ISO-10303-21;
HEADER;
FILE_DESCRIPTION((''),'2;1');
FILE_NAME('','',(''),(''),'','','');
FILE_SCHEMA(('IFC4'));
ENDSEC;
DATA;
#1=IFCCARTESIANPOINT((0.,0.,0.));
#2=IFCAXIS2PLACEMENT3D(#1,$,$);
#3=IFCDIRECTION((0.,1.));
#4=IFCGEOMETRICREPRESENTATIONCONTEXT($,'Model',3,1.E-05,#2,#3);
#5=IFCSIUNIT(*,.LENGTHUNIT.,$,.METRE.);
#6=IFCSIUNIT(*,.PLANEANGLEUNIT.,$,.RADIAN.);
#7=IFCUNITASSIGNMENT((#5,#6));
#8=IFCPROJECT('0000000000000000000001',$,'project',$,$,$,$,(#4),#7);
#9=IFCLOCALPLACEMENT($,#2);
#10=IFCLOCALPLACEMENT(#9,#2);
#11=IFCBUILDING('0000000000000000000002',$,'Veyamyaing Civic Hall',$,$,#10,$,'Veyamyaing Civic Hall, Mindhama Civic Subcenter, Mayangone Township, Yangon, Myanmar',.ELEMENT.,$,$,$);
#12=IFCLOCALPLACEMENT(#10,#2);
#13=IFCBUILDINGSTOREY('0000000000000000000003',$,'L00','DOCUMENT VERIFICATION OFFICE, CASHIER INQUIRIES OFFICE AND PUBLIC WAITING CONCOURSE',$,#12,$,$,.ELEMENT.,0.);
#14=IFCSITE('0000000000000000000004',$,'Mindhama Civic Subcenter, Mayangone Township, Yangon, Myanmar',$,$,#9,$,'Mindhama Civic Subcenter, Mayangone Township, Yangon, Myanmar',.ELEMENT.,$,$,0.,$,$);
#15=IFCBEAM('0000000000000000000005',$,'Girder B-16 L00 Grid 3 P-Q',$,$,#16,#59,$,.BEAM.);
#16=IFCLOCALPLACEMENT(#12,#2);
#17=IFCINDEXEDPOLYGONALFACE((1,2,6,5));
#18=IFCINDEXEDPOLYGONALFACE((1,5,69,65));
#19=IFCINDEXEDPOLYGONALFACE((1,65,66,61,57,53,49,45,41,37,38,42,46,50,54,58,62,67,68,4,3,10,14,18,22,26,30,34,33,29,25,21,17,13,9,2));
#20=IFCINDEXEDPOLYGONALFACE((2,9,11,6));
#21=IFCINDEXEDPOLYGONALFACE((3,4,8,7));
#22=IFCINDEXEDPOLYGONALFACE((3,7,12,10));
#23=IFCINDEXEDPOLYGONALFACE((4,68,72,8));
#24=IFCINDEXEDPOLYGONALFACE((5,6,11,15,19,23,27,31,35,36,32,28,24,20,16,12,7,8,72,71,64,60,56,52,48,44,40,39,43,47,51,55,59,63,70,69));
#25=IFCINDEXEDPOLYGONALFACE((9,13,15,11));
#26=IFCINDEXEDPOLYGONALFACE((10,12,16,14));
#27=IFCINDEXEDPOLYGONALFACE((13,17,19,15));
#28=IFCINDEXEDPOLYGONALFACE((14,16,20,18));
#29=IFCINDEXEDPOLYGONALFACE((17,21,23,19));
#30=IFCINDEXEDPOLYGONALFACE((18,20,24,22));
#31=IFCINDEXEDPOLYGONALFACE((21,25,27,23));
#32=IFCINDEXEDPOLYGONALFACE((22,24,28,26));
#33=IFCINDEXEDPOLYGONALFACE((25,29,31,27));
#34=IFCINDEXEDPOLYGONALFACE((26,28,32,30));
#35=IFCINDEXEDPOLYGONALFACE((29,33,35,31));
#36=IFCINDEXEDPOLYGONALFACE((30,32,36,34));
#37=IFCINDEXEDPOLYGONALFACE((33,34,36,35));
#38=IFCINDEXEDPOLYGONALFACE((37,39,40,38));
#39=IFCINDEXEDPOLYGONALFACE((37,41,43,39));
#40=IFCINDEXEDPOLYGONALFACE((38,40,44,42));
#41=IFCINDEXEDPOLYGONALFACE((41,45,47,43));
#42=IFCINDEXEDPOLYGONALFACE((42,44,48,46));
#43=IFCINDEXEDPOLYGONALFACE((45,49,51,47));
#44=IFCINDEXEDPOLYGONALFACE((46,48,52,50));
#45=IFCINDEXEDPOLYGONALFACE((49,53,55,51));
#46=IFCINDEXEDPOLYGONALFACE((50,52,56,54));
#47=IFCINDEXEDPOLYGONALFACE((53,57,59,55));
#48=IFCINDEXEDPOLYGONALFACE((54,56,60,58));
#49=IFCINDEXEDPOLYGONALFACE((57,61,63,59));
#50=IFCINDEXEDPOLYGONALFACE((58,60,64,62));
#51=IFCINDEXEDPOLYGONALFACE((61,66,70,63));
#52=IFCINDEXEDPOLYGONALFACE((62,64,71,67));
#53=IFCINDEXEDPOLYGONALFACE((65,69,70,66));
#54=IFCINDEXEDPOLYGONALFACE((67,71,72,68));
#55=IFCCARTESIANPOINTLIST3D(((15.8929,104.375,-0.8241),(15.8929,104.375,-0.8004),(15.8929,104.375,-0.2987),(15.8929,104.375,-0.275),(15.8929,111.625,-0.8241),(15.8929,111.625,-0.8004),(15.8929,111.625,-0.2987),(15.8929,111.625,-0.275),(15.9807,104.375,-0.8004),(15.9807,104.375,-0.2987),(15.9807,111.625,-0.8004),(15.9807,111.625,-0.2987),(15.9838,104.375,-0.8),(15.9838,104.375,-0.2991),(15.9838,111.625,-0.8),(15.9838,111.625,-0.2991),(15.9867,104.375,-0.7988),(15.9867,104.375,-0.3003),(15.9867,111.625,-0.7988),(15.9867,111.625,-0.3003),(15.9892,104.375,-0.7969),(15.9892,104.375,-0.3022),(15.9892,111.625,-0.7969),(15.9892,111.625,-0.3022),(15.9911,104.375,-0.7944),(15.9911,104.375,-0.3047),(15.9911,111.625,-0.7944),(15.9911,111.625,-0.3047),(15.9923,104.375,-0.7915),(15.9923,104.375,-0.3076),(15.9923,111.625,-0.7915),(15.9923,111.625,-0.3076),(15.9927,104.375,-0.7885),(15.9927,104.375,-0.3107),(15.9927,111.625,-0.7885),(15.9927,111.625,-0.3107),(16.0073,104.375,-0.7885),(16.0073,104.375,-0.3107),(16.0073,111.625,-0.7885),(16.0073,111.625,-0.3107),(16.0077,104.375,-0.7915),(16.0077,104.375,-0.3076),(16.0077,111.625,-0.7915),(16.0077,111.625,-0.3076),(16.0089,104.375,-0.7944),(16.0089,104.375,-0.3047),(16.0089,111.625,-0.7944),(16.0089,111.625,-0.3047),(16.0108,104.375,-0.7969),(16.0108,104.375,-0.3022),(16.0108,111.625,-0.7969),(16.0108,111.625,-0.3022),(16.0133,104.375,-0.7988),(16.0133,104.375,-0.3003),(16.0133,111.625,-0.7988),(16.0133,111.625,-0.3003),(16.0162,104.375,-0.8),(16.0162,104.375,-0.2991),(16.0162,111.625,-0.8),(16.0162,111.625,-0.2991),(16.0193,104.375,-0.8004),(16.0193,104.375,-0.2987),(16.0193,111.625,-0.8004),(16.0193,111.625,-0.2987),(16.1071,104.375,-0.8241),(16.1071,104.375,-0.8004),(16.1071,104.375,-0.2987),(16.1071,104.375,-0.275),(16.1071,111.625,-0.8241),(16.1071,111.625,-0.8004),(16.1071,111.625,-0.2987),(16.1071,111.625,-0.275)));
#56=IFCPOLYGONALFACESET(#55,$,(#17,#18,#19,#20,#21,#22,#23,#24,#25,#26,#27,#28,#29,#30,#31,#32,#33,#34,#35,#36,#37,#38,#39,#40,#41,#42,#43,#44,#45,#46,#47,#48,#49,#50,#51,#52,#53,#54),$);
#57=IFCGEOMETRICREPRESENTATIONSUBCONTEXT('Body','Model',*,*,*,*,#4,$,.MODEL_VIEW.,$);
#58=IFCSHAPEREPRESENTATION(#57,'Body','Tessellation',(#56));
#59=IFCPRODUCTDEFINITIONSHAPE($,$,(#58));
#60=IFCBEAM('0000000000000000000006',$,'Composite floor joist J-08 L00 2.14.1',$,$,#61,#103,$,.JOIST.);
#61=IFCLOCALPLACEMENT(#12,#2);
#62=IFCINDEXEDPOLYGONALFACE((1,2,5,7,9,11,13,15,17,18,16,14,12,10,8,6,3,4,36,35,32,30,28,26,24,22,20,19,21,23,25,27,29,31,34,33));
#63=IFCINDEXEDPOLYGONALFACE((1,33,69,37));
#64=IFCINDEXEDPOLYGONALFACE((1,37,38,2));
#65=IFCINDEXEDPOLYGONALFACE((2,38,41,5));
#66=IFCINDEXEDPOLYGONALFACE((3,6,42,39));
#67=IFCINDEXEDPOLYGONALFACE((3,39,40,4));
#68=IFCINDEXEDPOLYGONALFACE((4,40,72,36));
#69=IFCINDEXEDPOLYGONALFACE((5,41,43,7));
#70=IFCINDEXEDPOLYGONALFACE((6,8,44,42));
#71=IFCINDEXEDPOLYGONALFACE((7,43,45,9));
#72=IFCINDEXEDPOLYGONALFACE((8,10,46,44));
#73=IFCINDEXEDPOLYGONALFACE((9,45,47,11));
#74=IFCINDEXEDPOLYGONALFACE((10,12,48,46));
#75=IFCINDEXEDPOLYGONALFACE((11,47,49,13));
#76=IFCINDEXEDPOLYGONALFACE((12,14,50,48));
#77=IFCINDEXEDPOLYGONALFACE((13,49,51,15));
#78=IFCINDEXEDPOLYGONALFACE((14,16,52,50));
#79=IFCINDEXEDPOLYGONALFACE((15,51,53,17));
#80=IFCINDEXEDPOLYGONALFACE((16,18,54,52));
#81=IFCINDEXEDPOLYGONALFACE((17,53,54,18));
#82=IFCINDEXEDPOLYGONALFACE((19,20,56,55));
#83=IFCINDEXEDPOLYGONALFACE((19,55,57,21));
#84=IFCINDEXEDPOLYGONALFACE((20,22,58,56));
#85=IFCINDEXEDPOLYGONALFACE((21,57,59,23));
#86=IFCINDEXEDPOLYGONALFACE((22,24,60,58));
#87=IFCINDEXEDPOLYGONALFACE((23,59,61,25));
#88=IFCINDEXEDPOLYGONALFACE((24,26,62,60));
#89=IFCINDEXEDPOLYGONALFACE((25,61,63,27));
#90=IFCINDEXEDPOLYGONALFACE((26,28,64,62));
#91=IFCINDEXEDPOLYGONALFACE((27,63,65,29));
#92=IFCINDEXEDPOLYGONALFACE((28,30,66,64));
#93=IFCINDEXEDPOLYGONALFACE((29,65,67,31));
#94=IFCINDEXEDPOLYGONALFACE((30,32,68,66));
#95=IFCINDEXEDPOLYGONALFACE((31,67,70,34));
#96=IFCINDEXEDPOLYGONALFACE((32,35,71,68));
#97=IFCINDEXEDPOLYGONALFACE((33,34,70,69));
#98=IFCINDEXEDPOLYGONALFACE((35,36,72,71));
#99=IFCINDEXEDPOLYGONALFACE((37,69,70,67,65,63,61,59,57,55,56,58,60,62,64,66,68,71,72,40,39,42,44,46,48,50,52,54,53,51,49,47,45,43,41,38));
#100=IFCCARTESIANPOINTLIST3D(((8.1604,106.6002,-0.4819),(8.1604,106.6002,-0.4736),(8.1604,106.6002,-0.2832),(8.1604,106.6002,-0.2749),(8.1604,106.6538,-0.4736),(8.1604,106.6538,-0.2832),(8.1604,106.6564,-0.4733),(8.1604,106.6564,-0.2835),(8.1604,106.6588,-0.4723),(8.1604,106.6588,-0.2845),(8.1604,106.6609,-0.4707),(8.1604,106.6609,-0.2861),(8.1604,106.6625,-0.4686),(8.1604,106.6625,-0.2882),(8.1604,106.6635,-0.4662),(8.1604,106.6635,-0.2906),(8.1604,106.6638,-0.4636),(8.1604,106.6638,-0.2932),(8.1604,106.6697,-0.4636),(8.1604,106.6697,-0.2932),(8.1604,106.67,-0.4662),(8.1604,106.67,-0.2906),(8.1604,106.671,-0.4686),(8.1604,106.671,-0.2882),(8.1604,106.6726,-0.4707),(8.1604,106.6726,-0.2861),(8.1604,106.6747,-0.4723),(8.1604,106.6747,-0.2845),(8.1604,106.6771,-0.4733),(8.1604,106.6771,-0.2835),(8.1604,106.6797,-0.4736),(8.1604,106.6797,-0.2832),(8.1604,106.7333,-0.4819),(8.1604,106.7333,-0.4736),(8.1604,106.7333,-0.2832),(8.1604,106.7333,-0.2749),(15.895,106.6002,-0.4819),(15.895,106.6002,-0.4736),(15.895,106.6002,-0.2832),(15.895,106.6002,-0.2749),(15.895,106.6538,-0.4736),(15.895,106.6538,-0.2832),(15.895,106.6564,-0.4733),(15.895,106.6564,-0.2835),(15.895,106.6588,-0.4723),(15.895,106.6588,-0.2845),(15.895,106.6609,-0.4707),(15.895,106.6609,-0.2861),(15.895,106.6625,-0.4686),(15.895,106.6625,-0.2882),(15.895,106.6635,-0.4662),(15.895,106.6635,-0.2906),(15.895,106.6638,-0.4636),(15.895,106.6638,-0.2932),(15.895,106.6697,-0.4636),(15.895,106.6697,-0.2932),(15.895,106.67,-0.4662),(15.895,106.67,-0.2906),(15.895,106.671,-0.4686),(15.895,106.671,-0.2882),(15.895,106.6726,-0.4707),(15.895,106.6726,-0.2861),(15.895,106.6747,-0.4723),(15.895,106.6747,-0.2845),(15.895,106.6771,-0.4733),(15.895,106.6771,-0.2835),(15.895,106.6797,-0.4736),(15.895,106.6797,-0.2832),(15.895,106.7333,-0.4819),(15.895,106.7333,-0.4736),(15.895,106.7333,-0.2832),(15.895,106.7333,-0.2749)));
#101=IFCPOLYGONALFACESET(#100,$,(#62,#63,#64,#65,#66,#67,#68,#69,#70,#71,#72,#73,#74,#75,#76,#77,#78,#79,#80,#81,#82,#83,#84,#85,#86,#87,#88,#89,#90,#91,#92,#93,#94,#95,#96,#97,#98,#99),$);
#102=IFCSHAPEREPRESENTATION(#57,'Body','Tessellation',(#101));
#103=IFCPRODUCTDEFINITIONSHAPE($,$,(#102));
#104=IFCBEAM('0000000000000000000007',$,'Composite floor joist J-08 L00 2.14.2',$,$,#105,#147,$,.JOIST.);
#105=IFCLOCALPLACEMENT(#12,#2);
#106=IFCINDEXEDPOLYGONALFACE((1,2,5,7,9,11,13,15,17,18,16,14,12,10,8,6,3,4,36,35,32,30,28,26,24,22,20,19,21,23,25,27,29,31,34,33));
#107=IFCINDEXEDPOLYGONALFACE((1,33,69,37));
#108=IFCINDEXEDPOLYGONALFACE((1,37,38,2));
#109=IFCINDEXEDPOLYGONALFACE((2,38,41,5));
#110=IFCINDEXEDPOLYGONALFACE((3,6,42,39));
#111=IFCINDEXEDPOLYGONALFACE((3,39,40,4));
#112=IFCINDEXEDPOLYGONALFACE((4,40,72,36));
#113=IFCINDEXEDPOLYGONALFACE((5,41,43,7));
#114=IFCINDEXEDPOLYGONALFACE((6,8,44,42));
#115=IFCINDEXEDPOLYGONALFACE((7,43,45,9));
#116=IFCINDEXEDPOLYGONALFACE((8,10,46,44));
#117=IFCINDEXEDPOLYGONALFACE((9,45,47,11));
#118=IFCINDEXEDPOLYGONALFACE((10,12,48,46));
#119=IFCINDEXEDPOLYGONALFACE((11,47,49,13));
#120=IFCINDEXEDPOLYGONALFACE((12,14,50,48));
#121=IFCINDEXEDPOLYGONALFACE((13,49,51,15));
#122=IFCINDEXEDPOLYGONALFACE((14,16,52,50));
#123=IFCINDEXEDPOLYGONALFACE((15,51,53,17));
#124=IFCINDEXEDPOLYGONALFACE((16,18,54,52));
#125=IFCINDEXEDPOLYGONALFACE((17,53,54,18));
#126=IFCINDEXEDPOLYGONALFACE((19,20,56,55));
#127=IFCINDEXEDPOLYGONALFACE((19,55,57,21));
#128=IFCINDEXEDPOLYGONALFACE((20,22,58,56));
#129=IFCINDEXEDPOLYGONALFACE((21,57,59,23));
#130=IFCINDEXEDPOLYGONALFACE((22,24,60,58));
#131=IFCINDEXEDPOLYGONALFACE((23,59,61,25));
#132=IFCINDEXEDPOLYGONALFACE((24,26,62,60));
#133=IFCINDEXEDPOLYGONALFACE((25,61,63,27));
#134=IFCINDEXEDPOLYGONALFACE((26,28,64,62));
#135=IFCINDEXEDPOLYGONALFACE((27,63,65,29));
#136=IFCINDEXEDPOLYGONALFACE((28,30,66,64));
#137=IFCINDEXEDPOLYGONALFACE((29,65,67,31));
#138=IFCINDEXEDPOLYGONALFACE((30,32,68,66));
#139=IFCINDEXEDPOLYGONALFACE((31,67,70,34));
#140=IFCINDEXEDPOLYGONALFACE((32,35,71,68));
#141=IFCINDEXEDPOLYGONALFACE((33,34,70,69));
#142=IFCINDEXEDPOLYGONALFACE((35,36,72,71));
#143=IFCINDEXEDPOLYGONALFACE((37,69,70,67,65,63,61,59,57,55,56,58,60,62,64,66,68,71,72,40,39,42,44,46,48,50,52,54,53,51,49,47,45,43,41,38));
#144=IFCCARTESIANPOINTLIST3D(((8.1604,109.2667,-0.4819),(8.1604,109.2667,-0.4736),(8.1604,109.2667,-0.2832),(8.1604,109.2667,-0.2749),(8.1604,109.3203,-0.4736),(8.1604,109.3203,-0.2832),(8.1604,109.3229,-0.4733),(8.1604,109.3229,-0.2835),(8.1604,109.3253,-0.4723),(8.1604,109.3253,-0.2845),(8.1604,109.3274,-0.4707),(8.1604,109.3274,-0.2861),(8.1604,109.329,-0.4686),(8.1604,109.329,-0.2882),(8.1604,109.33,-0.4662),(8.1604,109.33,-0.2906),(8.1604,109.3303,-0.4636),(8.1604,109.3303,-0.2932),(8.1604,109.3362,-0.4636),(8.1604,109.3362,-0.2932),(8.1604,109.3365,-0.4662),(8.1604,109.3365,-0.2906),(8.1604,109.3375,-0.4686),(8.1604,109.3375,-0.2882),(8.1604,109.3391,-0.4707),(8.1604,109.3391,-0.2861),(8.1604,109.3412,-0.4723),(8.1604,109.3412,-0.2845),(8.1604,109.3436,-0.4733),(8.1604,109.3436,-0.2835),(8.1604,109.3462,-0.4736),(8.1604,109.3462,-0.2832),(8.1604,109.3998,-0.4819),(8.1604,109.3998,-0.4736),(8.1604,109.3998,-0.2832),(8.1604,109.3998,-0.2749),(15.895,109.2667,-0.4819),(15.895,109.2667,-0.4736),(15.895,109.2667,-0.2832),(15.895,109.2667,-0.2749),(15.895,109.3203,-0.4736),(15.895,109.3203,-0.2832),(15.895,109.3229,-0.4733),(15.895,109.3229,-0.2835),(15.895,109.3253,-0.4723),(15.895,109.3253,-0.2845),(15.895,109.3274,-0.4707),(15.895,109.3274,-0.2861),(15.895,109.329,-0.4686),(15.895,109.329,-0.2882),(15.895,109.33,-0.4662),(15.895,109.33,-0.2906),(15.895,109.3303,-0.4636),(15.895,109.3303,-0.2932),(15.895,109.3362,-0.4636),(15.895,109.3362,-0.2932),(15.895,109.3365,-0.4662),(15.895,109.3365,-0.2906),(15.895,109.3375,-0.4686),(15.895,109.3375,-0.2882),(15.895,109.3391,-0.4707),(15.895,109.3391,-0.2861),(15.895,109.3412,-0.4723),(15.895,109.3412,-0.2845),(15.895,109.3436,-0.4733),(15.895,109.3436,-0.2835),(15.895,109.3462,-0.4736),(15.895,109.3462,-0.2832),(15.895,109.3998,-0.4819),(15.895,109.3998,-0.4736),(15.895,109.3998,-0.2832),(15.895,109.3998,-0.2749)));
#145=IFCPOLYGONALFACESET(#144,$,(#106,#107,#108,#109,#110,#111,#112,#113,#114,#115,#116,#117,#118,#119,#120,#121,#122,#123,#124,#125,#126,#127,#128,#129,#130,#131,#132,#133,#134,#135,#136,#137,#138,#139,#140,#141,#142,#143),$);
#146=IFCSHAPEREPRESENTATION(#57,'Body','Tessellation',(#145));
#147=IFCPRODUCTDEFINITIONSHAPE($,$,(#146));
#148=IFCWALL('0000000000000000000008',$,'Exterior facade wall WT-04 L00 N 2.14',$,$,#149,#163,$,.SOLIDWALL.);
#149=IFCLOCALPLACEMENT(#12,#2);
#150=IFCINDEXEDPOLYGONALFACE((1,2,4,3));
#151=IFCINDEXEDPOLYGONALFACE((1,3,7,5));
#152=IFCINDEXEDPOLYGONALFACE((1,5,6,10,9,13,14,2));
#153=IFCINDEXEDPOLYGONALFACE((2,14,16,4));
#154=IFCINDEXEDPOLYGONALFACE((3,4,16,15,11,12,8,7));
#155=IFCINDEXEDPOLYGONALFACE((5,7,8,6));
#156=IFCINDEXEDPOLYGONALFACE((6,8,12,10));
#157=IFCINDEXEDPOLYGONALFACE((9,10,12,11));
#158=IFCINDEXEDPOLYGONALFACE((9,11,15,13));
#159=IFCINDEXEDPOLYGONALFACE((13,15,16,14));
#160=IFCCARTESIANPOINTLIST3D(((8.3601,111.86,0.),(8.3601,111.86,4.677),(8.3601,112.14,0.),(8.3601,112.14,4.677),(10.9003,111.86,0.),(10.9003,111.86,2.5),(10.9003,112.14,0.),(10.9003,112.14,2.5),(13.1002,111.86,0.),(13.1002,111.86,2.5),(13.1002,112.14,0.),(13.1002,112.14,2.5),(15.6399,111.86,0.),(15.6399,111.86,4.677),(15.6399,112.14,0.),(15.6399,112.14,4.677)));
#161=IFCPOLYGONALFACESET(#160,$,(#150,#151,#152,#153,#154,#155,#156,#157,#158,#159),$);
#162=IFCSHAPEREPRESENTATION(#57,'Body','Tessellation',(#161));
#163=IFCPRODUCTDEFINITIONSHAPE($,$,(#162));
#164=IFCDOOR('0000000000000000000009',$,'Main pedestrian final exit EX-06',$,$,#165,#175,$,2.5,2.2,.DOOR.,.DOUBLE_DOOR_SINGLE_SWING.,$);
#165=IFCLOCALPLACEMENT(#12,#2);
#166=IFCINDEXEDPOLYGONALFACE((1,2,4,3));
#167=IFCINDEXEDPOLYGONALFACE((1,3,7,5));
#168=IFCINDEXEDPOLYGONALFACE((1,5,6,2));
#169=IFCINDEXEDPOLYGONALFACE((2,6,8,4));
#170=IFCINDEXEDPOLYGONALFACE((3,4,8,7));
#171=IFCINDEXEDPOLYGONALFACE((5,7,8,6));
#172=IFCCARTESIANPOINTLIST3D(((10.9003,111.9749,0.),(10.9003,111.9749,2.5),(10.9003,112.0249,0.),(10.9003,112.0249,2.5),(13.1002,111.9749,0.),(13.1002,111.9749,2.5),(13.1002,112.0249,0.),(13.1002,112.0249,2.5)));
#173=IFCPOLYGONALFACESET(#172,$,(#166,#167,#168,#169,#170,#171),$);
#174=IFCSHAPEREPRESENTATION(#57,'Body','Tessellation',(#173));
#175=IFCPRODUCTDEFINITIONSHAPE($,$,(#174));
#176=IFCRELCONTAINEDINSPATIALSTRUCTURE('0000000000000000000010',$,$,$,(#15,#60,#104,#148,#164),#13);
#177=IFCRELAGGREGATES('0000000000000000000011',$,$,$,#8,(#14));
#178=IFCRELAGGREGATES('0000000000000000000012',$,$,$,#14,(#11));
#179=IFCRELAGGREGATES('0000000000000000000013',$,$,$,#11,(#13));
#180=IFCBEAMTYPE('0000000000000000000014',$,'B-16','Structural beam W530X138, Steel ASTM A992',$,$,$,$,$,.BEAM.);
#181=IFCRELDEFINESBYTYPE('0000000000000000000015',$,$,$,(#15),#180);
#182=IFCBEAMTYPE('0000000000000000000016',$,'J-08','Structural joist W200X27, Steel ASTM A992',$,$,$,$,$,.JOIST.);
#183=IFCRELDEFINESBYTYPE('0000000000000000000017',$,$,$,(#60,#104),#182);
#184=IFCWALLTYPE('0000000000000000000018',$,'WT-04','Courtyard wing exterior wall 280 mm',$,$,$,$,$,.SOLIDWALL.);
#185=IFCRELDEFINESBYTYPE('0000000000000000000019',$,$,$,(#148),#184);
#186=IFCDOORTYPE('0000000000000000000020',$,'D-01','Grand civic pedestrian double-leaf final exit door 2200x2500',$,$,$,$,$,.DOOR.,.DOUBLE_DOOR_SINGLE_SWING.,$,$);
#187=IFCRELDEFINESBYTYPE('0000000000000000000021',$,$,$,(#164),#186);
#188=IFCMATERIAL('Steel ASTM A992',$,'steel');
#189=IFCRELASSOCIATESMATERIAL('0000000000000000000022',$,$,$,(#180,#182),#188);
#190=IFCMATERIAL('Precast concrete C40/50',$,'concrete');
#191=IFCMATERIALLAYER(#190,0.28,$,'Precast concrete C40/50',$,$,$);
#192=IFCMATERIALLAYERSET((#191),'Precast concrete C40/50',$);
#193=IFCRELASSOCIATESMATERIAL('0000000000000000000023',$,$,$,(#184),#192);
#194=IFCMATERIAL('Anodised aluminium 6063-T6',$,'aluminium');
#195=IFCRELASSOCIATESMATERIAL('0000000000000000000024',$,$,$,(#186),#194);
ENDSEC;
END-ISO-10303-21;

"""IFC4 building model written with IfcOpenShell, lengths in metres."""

from ifc_helpers import new_model, si_unit, direction, frame, frame_2d, origin, origin_2d, place, context, subcontext, project, spatial, rectangle, i_section, extrude, material, layer, layer_set, material_profile, profile_set, type_object, element, fill, save


model = new_model("IFC4")

# Units and contexts
model_context = context("Model", 3, precision=1e-05, world=origin(), true_north=direction((0.0, 1.0)))
body_context = subcontext(model_context, "Body", "Model", "MODEL_VIEW")
ifc_project = project(units=[si_unit("LENGTHUNIT", "METRE"), si_unit("PLANEANGLEUNIT", "RADIAN")], contexts=[model_context])

# Site, building, storey
site_placement = place(None, origin())
site = spatial("IfcSite", under=ifc_project, at=site_placement, Name="Mindhama Civic Subcenter, Mayangone Township, Yangon, Myanmar", LongName="Mindhama Civic Subcenter, Mayangone Township, Yangon, Myanmar", CompositionType="ELEMENT", RefElevation=0.0)
building_placement = place(site_placement, origin())
building = spatial("IfcBuilding", under=site, at=building_placement, Name="Veyamyaing Civic Hall", LongName="Veyamyaing Civic Hall, Mindhama Civic Subcenter, Mayangone Township, Yangon, Myanmar", CompositionType="ELEMENT")
storey_placement = place(building_placement, origin())
storey = spatial("IfcBuildingStorey", under=building, at=storey_placement, Name="L00", Description="DOCUMENT VERIFICATION OFFICE, CASHIER INQUIRIES OFFICE AND PUBLIC WAITING CONCOURSE", CompositionType="ELEMENT", Elevation=0.0)

# Beams
ifc_material_1 = material(Name="Steel ASTM A992", Category="steel")
ifc_material_profile_1 = material_profile(ifc_material_1, i_section(OverallWidth=0.2141, OverallDepth=0.5491, WebThickness=0.0146, FlangeThickness=0.0237, FilletRadius=0.012, at=origin_2d()), Name="W530X138")
ifc_profile_set_1 = profile_set([ifc_material_profile_1], Name="Steel ASTM A992")
beam_type_1 = type_object("IfcBeamType", Name="B-16", Description="Structural beam W530X138, Steel ASTM A992", PredefinedType="BEAM", material=ifc_profile_set_1)
beam_1_placement = place(storey_placement, frame((16.0, 104.375, -0.5496), z_axis=(0.0, 1.0, 0.0), x_axis=(-1.0, 0.0, 0.0)))
element("IfcBeam", 1, at=beam_1_placement, inside=storey, type_object=beam_type_1, Name="Girder B-16 L00 Grid 3 P-Q", PredefinedType="BEAM", context=body_context, shape_type="SweptSolid", body=[
    extrude(i_section(OverallWidth=0.2141, OverallDepth=0.5491, WebThickness=0.0146, FlangeThickness=0.0237, FilletRadius=0.012, at=origin_2d()), origin(), (0.0, 0.0, 1.0), 7.25),
])
ifc_material_profile_2 = material_profile(ifc_material_1, i_section(OverallWidth=0.1331, OverallDepth=0.207, WebThickness=0.0059, FlangeThickness=0.0083, FilletRadius=0.01, at=origin_2d()), Name="W200X27")
ifc_profile_set_2 = profile_set([ifc_material_profile_2], Name="Steel ASTM A992")
beam_type_2 = type_object("IfcBeamType", Name="J-08", Description="Structural joist W200X27, Steel ASTM A992", PredefinedType="JOIST", material=ifc_profile_set_2)
for number, where, z_axis, x_axis, name in (
    (2, (8.1604, 106.6667, -0.3784), (1.0, 0.0, 0.0), (0.0, 1.0, 0.0), "Composite floor joist J-08 L00 2.14.1"),
    (3, (8.1604, 109.3333, -0.3784), (1.0, 0.0, 0.0), (0.0, 1.0, 0.0), "Composite floor joist J-08 L00 2.14.2"),
):
    element("IfcBeam", number, at=place(storey_placement, frame(where, z_axis=z_axis, x_axis=x_axis)), inside=storey, type_object=beam_type_2, Name=name, PredefinedType="JOIST", context=body_context, shape_type="SweptSolid", body=[
        extrude(i_section(OverallWidth=0.1331, OverallDepth=0.207, WebThickness=0.0059, FlangeThickness=0.0083, FilletRadius=0.01, at=origin_2d()), origin(), (0.0, 0.0, 1.0), 7.7346),
    ])

# Wall, opening, door
ifc_material_2 = material(Name="Precast concrete C40/50", Category="concrete")
ifc_layer_1 = layer(ifc_material_2, 0.28, Name="Precast concrete C40/50")
ifc_layer_set_1 = layer_set([ifc_layer_1], Name="Precast concrete C40/50")
wall_type_1 = type_object("IfcWallType", Name="WT-04", Description="Courtyard wing exterior wall 280 mm", PredefinedType="SOLIDWALL", material=ifc_layer_set_1)
wall_1_placement = place(storey_placement, frame((8.3601, 112.0, 0.0), z_axis=(0.0, 0.0, 1.0), x_axis=(1.0, 0.0, 0.0)))
wall_1 = element("IfcWall", 4, at=wall_1_placement, inside=storey, type_object=wall_type_1, Name="Exterior facade wall WT-04 L00 N 2.14", PredefinedType="SOLIDWALL", context=body_context, shape_type="SweptSolid", body=[
    extrude(rectangle(XDim=7.2798, YDim=0.28, at=frame_2d((3.6399, 0.0))), origin(), (0.0, 0.0, 1.0), 4.677),
])
opening_1_placement = place(wall_1_placement, frame((2.54, 0.0, 0.0)))
opening_1 = element("IfcOpeningElement", 5, at=opening_1_placement, cuts=wall_1, PredefinedType="OPENING", context=body_context, shape_type="SweptSolid", body=[
    extrude(rectangle(XDim=2.2, YDim=2.5, at=frame_2d((1.1001, 1.25))), frame((0.0, 0.1499, 0.0), z_axis=(0.0, -1.0, 0.0), x_axis=(1.0, 0.0, 0.0)), (0.0, 0.0, 1.0), 0.3),
])
ifc_material_3 = material(Name="Anodised aluminium 6063-T6", Category="aluminium")
door_type_1 = type_object("IfcDoorType", Name="D-01", Description="Grand civic pedestrian double-leaf final exit door 2200x2500", OperationType="DOUBLE_DOOR_SINGLE_SWING", PredefinedType="DOOR", material=ifc_material_3)
door_1_placement = place(opening_1_placement, origin())
door_1 = element("IfcDoor", 6, at=door_1_placement, inside=storey, type_object=door_type_1, Name="Main pedestrian final exit EX-06", OperationType="DOUBLE_DOOR_SINGLE_SWING", OverallHeight=2.5, OverallWidth=2.2, PredefinedType="DOOR", context=body_context, shape_type="SweptSolid", body=[
    extrude(rectangle(XDim=2.2, YDim=2.5, at=frame_2d((1.1001, 1.25))), frame((0.0, 0.0249, 0.0), z_axis=(0.0, -1.0, 0.0), x_axis=(1.0, 0.0, 0.0)), (0.0, 0.0, 1.0), 0.05),
])
fill(opening_1, door_1)

save(model, "model.ifc")
